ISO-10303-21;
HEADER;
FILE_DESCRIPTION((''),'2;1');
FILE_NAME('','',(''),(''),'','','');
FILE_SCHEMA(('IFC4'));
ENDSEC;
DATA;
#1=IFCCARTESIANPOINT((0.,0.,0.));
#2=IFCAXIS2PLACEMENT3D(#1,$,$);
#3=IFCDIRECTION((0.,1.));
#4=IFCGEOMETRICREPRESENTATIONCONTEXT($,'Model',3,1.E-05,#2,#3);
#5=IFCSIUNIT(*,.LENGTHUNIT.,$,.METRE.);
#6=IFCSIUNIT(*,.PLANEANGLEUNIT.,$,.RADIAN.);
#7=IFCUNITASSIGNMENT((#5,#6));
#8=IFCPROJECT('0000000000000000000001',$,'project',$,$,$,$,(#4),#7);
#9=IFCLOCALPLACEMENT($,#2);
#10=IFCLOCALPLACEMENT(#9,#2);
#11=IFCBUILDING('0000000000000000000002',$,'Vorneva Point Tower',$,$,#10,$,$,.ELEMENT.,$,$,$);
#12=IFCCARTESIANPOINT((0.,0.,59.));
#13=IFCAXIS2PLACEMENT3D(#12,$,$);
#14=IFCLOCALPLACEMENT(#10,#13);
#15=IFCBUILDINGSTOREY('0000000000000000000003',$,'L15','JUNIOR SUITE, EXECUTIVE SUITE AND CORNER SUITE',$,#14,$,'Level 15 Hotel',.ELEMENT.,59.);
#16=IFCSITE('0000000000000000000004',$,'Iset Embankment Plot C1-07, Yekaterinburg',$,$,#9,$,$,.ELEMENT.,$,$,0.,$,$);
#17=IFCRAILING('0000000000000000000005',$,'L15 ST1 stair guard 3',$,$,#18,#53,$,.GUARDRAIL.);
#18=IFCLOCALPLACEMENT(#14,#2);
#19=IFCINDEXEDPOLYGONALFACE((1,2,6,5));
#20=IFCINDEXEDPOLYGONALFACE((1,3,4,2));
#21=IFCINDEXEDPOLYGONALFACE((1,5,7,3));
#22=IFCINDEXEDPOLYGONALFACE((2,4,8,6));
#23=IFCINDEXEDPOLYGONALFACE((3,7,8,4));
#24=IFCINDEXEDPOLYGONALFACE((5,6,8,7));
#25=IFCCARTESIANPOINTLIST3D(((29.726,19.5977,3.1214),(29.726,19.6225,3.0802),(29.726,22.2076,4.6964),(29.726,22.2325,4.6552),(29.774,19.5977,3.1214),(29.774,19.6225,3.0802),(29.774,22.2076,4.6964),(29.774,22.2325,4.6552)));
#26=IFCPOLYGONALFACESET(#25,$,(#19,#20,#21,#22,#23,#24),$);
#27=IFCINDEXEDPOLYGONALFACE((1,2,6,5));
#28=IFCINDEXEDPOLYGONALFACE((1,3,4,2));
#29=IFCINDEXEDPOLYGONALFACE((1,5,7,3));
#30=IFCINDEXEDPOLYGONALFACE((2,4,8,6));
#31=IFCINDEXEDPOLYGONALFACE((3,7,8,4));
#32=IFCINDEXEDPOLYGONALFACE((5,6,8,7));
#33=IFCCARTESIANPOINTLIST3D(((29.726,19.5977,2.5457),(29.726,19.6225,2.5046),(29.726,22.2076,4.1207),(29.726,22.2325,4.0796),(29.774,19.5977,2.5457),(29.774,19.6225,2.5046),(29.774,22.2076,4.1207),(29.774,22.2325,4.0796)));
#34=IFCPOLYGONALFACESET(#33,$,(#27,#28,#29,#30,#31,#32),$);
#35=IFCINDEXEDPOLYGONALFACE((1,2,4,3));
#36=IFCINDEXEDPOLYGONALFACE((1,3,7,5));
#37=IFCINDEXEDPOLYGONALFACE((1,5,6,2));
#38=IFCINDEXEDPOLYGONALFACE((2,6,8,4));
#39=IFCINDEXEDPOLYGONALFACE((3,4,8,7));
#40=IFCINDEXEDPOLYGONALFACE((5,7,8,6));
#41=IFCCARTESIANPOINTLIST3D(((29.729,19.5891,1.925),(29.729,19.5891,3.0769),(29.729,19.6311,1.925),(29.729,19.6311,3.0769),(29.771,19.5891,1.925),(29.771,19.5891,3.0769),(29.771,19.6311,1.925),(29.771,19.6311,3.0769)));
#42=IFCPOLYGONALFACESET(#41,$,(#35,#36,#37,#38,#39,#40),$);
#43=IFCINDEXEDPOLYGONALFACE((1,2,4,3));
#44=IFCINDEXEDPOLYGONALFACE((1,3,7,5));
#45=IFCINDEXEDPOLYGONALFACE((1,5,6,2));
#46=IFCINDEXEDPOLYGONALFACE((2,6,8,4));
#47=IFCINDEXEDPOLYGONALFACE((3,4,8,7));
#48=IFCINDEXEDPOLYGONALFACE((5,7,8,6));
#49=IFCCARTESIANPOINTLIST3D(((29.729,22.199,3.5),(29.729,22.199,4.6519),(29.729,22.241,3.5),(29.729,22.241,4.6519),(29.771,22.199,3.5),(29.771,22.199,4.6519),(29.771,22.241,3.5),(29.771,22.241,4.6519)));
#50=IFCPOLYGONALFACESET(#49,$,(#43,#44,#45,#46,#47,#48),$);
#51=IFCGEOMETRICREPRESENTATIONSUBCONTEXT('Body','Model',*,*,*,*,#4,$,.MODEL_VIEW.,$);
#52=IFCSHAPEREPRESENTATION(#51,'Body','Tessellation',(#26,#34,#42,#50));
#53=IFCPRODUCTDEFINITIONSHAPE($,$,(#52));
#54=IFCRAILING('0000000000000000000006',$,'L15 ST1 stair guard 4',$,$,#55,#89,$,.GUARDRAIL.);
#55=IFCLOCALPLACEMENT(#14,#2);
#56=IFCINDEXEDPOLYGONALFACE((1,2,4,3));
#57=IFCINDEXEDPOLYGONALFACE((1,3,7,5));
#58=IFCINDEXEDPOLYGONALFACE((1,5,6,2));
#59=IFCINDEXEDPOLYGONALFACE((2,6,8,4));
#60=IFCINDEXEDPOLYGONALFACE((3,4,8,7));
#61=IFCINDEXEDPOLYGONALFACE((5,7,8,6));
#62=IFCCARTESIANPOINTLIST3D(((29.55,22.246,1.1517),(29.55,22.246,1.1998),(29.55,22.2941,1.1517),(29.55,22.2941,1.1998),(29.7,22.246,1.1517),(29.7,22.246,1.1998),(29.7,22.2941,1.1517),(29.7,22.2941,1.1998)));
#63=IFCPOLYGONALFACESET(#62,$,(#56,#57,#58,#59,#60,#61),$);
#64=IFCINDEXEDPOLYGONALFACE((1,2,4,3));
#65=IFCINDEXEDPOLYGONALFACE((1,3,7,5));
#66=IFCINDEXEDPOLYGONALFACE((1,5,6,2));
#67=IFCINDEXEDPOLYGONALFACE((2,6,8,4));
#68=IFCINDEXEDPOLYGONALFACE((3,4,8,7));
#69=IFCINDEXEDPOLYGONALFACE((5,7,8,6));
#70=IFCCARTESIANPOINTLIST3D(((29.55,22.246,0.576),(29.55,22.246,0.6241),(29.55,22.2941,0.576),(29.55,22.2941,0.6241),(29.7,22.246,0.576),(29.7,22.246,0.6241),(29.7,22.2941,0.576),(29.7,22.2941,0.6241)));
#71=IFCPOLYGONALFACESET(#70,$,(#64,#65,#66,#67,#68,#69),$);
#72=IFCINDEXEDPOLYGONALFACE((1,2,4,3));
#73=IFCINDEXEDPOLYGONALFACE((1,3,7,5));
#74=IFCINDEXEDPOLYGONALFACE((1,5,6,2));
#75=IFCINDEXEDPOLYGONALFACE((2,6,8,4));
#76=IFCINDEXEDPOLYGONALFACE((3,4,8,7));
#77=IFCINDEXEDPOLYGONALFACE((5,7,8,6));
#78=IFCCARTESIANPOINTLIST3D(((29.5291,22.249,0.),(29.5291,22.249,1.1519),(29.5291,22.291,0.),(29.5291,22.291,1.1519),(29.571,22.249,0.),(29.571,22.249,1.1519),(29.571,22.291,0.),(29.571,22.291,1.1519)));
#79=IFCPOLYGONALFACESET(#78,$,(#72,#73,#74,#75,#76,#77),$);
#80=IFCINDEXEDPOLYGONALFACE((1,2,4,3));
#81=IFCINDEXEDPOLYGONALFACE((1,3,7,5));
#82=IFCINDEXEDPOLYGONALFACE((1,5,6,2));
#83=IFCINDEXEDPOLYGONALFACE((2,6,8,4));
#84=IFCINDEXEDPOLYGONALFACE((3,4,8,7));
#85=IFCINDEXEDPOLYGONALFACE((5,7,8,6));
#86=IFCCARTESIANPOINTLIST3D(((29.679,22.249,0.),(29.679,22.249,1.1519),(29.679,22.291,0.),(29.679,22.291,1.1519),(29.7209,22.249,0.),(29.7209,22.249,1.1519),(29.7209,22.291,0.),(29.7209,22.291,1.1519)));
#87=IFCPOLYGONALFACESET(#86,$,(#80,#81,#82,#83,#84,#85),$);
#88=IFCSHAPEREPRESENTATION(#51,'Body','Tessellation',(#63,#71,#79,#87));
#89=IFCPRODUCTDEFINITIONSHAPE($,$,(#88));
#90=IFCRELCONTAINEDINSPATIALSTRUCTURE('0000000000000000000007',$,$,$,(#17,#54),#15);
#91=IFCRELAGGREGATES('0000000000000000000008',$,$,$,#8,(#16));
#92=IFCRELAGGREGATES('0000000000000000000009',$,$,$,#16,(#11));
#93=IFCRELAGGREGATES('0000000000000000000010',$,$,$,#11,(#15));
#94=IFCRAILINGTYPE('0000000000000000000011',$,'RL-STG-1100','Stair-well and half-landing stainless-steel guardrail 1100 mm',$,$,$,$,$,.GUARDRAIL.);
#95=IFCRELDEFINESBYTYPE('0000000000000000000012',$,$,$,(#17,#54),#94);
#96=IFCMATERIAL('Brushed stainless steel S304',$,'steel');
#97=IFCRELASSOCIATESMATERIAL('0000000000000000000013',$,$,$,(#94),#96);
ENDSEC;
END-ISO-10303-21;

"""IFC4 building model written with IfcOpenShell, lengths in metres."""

from ifc_helpers import new_model, si_unit, direction, frame, origin, origin_2d, place, context, subcontext, project, spatial, rectangle, extrude, material, type_object, element, save


model = new_model("IFC4")

# Units and contexts
model_context = context("Model", 3, precision=1e-05, world=origin(), true_north=direction((0.0, 1.0)))
body_context = subcontext(model_context, "Body", "Model", "MODEL_VIEW")
ifc_project = project(units=[si_unit("LENGTHUNIT", "METRE"), si_unit("PLANEANGLEUNIT", "RADIAN")], contexts=[model_context])

# Site, building, storey
site_placement = place(None, origin())
site = spatial("IfcSite", under=ifc_project, at=site_placement, Name="Iset Embankment Plot C1-07, Yekaterinburg", CompositionType="ELEMENT", RefElevation=0.0)
building_placement = place(site_placement, origin())
building = spatial("IfcBuilding", under=site, at=building_placement, Name="Vorneva Point Tower", CompositionType="ELEMENT")
storey_placement = place(building_placement, frame((0.0, 0.0, 59.0)))
storey = spatial("IfcBuildingStorey", under=building, at=storey_placement, Name="L15", Description="JUNIOR SUITE, EXECUTIVE SUITE AND CORNER SUITE", LongName="Level 15 Hotel", CompositionType="ELEMENT", Elevation=59.0)

# Railings
ifc_material_1 = material(Name="Brushed stainless steel S304", Category="steel")
railing_type_1 = type_object("IfcRailingType", Name="RL-STG-1100", Description="Stair-well and half-landing stainless-steel guardrail 1100 mm", PredefinedType="GUARDRAIL", material=ifc_material_1)
railing_1_placement = place(storey_placement, frame((29.75, 19.6101, 1.925)))
element("IfcRailing", 1, at=railing_1_placement, inside=storey, type_object=railing_type_1, Name="L15 ST1 stair guard 3", PredefinedType="GUARDRAIL", context=body_context, shape_type="SweptSolid", body=[
    extrude(rectangle(XDim=0.0481, YDim=0.0481, at=origin_2d()), frame((0.0, 0.0, 1.1758), z_axis=(0.0, 0.856183, 0.516673), x_axis=(-1.0, 0.0, 0.0)), (0.0, 0.0, 1.0), 3.0483),
    extrude(rectangle(XDim=0.0481, YDim=0.0481, at=origin_2d()), frame((0.0, 0.0, 0.6001), z_axis=(0.0, 0.856183, 0.516673), x_axis=(-1.0, 0.0, 0.0)), (0.0, 0.0, 1.0), 3.0483),
    extrude(rectangle(XDim=0.042, YDim=0.042, at=origin_2d()), origin(), (0.0, 0.0, 1.0), 1.1519),
    extrude(rectangle(XDim=0.042, YDim=0.042, at=origin_2d()), frame((0.0, 2.6099, 1.575)), (0.0, 0.0, 1.0), 1.1519),
])
railing_2_placement = place(storey_placement, frame((29.55, 22.27, 0.0)))
element("IfcRailing", 2, at=railing_2_placement, inside=storey, type_object=railing_type_1, Name="L15 ST1 stair guard 4", PredefinedType="GUARDRAIL", context=body_context, shape_type="SweptSolid", body=[
    extrude(rectangle(XDim=0.0481, YDim=0.0481, at=origin_2d()), frame((0.0, 0.0, 1.1758), z_axis=(1.0, 0.0, 0.0), x_axis=(0.0, 1.0, 0.0)), (0.0, 0.0, 1.0), 0.1499),
    extrude(rectangle(XDim=0.0481, YDim=0.0481, at=origin_2d()), frame((0.0, 0.0, 0.6001), z_axis=(1.0, 0.0, 0.0), x_axis=(0.0, 1.0, 0.0)), (0.0, 0.0, 1.0), 0.1499),
    extrude(rectangle(XDim=0.042, YDim=0.042, at=origin_2d()), origin(), (0.0, 0.0, 1.0), 1.1519),
    extrude(rectangle(XDim=0.042, YDim=0.042, at=origin_2d()), frame((0.1499, 0.0, 0.0)), (0.0, 0.0, 1.0), 1.1519),
])

save(model, "model.ifc")
